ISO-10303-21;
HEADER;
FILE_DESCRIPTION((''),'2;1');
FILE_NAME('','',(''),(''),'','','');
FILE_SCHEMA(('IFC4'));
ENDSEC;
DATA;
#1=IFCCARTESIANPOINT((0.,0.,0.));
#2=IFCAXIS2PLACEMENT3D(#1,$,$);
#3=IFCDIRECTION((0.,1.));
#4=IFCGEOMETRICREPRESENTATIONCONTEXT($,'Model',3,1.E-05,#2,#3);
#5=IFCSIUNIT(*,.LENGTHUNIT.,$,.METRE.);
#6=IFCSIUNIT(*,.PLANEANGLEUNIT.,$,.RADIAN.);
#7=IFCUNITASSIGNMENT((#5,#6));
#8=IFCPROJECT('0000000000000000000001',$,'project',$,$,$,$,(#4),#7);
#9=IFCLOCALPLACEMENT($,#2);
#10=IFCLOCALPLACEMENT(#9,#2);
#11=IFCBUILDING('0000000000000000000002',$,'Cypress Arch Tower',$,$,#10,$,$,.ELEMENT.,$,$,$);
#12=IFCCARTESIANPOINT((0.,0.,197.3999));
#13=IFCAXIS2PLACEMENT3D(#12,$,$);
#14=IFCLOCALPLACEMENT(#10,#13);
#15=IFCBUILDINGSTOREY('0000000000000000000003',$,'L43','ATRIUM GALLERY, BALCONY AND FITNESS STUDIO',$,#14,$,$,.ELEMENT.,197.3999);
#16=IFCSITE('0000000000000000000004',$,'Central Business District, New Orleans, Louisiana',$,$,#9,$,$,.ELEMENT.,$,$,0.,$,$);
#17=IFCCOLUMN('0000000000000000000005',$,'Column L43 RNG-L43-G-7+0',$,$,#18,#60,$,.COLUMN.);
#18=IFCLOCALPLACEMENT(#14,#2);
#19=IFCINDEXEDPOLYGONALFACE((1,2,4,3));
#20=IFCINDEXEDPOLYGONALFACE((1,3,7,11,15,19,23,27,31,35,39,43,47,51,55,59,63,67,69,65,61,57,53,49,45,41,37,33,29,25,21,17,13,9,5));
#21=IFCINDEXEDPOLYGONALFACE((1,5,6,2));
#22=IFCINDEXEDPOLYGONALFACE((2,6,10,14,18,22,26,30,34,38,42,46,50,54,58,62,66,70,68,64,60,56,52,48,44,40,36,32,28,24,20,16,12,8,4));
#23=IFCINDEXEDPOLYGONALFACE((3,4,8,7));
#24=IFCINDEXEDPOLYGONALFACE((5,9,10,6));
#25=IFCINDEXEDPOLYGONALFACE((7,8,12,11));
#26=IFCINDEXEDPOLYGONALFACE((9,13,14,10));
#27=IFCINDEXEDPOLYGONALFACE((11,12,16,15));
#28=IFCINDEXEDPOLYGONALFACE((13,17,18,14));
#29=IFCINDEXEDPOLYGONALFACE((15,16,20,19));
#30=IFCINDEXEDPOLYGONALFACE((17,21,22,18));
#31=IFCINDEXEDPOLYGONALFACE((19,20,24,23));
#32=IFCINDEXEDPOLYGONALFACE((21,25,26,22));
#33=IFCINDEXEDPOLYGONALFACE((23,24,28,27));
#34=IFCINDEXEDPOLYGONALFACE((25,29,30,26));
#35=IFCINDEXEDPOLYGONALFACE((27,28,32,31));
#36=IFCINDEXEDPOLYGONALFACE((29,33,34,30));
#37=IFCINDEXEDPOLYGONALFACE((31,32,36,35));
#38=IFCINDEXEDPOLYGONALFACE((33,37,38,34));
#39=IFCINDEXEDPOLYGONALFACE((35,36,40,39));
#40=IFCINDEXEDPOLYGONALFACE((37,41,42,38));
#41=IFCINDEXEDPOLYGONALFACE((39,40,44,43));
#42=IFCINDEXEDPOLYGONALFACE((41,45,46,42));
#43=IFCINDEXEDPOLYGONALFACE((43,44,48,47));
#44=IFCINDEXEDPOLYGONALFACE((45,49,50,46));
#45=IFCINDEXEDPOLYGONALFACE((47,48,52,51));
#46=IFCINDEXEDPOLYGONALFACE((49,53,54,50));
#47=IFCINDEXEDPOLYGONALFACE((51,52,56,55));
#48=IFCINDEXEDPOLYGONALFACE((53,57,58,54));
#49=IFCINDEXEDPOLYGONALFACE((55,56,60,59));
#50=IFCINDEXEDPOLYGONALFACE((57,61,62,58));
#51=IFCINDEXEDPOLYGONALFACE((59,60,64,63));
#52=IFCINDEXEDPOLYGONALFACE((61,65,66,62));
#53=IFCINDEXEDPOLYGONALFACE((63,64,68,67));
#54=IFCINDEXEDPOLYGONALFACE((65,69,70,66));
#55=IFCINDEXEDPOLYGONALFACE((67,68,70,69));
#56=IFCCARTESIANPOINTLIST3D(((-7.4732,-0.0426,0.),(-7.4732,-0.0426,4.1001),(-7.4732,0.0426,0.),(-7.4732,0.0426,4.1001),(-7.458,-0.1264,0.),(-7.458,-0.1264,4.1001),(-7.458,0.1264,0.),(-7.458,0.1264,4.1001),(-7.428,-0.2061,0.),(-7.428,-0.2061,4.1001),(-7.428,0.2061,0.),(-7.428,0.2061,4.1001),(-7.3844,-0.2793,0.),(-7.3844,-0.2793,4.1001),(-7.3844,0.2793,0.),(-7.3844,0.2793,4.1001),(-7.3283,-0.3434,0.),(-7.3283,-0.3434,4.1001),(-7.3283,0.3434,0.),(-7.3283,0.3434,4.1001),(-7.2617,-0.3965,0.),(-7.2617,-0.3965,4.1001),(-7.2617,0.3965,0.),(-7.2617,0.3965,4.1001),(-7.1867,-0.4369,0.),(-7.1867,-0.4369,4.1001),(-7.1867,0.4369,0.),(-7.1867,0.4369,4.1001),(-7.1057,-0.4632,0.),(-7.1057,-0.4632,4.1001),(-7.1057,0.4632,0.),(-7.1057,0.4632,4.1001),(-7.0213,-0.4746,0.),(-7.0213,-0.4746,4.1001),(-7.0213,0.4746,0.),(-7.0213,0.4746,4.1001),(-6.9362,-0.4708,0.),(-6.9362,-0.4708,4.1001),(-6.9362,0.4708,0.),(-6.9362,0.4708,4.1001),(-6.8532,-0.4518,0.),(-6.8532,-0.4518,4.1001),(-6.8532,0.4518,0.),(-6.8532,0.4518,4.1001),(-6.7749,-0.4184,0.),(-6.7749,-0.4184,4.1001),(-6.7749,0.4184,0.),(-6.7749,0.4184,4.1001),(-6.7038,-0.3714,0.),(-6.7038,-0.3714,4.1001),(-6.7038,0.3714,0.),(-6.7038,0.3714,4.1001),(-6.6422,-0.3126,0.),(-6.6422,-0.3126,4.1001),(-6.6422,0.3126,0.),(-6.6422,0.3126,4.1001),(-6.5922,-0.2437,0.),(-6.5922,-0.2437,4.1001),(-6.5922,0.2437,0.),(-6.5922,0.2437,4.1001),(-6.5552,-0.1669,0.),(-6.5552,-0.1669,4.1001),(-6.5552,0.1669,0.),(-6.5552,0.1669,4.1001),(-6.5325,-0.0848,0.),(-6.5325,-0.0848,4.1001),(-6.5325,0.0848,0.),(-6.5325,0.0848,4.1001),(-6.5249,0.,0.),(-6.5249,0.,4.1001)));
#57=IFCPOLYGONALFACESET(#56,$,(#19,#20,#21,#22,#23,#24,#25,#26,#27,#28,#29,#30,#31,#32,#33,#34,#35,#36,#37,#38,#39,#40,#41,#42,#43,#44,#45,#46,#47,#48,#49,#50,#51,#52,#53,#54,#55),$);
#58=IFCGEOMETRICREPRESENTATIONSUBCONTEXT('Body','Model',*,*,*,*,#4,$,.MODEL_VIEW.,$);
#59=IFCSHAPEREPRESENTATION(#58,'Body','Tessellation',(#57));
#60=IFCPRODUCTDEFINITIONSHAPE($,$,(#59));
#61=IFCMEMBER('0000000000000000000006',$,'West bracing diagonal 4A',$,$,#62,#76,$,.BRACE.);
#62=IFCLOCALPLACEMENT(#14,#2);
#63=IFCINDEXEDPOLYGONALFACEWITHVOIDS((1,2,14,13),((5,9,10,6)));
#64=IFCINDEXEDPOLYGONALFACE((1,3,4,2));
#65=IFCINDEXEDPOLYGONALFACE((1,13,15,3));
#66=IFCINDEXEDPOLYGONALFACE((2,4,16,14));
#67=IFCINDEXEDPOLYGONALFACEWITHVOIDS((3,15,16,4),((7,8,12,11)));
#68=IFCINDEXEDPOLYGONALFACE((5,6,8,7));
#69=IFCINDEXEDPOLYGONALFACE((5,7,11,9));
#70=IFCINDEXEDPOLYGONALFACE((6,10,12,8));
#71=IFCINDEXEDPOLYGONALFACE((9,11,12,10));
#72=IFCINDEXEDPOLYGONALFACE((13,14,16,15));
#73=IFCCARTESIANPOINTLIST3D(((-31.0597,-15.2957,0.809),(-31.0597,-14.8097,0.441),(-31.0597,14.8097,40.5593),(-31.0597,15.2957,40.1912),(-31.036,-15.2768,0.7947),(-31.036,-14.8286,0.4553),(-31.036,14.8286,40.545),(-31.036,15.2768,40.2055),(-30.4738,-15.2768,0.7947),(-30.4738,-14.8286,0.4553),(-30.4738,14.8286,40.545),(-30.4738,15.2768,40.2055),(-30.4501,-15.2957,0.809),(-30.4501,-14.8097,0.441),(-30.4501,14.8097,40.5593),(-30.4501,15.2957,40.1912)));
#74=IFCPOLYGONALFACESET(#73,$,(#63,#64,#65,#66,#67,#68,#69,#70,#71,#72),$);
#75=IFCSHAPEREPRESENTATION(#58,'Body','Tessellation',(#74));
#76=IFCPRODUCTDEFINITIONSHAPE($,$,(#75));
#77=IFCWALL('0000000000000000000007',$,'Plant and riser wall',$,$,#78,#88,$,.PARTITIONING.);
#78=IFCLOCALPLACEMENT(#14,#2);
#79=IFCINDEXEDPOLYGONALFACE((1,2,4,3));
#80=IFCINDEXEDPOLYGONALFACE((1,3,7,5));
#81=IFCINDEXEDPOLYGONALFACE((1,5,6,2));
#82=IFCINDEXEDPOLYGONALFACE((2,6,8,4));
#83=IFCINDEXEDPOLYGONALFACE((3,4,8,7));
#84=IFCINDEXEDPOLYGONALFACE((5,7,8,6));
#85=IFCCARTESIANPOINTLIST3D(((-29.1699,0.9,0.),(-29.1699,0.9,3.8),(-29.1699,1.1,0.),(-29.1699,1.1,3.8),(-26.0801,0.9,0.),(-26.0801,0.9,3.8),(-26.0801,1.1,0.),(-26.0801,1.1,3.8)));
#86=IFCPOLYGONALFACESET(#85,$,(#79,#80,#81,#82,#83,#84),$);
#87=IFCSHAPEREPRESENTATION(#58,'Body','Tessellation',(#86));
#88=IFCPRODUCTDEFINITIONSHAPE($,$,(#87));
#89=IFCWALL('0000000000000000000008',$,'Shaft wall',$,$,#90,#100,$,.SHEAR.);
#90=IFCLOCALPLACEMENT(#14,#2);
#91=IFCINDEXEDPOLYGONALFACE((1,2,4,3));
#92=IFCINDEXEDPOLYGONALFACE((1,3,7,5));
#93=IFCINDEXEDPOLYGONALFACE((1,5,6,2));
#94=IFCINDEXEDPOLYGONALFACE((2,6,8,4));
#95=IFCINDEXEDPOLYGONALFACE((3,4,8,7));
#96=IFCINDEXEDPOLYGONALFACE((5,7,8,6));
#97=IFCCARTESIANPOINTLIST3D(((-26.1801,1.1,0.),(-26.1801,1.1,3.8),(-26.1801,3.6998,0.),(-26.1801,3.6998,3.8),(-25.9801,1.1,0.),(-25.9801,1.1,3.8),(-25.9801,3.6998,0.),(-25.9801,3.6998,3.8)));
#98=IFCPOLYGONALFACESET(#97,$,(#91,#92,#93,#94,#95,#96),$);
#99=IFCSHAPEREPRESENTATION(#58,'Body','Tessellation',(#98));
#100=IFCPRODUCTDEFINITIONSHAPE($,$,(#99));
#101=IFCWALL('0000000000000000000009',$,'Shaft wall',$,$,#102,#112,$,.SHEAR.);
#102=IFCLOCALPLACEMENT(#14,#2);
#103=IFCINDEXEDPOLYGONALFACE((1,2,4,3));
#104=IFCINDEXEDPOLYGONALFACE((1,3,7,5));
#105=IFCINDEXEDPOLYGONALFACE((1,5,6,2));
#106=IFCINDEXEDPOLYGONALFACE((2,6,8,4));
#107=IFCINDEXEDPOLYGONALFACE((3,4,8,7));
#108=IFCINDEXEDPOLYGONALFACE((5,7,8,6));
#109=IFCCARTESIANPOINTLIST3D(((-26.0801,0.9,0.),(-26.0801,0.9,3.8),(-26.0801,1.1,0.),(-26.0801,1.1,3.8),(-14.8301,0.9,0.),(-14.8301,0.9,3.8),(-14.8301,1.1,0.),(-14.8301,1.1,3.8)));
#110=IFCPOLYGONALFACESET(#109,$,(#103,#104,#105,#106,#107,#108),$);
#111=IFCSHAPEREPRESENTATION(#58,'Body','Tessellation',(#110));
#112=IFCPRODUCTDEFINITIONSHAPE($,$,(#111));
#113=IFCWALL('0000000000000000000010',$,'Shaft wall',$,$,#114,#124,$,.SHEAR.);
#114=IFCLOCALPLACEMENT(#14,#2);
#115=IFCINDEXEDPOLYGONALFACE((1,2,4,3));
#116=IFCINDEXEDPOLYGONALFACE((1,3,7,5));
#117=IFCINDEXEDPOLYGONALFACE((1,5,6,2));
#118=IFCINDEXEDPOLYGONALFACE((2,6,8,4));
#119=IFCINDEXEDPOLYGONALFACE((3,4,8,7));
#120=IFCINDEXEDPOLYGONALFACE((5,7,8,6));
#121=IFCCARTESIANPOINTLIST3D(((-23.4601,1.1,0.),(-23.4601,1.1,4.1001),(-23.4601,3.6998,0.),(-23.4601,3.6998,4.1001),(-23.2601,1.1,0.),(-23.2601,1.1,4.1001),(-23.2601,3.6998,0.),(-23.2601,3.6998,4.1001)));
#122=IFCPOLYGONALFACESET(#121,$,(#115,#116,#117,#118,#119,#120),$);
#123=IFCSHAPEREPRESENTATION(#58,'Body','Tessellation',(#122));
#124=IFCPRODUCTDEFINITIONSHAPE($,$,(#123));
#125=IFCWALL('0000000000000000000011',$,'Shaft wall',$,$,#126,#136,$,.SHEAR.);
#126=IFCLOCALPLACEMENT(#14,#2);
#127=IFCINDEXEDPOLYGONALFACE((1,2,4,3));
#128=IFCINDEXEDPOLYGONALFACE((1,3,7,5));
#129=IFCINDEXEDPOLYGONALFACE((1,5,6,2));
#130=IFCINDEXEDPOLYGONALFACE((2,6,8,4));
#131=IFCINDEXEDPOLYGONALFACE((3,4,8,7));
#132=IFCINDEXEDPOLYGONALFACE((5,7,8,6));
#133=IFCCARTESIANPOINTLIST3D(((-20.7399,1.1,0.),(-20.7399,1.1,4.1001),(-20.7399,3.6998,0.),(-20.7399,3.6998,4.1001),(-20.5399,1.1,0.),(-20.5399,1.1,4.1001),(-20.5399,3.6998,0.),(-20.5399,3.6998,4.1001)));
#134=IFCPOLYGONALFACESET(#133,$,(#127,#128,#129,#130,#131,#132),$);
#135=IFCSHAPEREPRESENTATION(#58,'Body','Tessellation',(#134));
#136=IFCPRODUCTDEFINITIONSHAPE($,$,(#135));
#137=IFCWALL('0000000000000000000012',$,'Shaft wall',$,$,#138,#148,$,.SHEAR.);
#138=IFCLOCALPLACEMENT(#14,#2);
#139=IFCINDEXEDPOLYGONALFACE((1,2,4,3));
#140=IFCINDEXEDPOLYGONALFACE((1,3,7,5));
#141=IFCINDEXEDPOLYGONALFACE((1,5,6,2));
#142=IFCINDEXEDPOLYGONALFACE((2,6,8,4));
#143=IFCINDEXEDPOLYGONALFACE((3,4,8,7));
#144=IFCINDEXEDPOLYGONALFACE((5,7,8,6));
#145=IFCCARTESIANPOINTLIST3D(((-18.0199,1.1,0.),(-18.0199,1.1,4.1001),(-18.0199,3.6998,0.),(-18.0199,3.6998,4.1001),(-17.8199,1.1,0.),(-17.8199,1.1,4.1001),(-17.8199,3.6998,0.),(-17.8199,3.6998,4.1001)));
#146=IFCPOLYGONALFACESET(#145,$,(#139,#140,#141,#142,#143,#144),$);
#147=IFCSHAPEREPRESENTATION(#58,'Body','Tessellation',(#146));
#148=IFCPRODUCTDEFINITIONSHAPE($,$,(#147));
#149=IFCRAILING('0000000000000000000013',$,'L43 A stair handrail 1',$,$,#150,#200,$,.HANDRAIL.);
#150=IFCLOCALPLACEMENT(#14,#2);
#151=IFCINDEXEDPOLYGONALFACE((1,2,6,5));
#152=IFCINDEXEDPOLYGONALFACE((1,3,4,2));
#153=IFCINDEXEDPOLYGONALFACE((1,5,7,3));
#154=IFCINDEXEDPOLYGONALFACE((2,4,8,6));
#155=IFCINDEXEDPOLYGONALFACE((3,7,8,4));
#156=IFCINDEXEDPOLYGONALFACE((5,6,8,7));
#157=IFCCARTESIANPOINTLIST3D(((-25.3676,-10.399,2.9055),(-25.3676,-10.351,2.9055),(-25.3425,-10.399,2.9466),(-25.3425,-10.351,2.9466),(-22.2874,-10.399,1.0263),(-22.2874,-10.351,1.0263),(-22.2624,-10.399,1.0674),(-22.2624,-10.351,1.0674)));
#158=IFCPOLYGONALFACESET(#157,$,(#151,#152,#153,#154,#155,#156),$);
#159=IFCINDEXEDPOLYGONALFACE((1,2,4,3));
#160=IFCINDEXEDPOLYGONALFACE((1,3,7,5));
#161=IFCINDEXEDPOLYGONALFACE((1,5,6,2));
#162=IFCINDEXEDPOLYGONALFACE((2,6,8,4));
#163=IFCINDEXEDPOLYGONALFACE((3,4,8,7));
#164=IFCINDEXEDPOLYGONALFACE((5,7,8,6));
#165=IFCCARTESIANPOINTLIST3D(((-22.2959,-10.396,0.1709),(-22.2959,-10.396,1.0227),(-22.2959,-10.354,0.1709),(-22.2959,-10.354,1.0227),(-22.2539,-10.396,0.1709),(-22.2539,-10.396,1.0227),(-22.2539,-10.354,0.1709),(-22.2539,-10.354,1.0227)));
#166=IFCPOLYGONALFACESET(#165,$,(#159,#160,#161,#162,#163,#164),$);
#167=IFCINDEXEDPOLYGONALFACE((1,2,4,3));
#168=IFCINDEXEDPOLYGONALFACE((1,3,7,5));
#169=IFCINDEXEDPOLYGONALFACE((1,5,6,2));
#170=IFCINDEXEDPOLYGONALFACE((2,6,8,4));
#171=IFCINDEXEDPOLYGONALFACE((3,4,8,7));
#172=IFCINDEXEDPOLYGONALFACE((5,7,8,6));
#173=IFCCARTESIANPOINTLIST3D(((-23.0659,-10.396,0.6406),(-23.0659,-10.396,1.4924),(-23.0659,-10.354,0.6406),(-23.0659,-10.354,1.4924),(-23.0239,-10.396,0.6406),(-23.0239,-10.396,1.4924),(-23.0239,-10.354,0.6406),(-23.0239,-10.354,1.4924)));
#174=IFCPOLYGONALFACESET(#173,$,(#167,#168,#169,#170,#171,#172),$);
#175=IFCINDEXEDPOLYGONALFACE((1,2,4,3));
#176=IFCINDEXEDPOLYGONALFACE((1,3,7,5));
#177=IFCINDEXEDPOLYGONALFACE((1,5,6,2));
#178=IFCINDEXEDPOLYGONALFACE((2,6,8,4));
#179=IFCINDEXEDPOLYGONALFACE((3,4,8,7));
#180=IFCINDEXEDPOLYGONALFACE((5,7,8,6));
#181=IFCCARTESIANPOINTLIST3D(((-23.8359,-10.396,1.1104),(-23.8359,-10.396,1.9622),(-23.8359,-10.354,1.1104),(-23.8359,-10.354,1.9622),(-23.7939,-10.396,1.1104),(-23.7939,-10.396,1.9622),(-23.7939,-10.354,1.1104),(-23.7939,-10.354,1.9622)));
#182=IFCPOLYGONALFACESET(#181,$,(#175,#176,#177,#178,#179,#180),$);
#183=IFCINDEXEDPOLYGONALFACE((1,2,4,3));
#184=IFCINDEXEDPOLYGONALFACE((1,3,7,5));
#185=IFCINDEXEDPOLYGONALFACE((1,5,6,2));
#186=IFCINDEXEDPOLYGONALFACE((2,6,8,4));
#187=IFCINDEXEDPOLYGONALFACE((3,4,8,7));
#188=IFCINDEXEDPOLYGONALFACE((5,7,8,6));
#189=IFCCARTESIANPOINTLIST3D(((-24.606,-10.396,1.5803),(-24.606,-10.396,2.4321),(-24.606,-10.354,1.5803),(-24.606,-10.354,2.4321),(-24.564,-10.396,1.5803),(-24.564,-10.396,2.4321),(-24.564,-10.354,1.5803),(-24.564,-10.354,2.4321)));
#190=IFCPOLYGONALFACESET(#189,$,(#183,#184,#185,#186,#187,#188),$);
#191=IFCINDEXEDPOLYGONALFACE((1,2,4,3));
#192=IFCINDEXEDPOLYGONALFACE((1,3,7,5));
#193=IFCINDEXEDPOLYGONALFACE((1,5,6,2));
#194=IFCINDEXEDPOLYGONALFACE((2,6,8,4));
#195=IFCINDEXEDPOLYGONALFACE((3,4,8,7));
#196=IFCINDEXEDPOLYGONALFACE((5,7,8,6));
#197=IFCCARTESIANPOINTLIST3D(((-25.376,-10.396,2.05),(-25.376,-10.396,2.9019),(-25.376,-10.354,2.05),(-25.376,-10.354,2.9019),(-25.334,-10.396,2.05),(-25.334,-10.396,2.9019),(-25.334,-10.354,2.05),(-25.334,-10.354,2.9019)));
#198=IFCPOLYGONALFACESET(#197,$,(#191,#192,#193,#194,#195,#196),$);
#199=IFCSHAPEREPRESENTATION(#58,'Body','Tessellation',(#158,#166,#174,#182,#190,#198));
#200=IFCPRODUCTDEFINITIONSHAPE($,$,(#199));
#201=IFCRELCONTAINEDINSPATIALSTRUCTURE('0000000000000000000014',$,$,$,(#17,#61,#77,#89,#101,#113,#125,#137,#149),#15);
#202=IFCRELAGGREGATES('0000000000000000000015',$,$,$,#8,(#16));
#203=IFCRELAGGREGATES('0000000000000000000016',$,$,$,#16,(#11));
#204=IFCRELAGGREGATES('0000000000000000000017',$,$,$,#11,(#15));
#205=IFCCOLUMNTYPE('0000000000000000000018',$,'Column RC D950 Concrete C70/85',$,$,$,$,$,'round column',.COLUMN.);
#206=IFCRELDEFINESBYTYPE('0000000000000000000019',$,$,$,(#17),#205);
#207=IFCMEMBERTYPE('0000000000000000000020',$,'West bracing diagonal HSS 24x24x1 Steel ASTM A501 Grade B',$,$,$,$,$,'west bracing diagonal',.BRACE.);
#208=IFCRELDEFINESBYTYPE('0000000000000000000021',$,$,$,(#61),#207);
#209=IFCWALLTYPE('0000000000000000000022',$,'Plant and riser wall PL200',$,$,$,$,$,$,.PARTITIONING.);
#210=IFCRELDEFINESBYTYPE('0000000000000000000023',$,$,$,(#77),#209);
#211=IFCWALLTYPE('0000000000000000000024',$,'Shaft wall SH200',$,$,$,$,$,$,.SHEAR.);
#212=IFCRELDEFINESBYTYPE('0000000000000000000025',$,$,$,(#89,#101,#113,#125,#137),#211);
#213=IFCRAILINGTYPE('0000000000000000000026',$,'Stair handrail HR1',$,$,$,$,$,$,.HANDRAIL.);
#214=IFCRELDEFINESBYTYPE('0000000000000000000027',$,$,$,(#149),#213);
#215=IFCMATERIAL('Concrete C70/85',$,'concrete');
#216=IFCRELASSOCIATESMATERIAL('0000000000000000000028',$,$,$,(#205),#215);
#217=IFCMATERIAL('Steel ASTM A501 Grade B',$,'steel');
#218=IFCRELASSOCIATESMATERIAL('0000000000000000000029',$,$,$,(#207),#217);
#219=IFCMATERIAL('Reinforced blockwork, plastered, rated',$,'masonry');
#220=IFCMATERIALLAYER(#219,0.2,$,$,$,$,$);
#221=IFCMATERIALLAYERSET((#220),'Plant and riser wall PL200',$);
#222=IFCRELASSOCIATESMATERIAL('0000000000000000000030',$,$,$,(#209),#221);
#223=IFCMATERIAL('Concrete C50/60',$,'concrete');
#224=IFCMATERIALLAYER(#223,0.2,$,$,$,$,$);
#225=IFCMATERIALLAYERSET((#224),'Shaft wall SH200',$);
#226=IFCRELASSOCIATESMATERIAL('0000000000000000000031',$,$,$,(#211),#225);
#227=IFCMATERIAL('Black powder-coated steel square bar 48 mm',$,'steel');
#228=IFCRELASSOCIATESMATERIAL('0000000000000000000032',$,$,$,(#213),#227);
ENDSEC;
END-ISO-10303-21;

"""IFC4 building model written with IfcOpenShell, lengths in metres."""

from ifc_helpers import new_model, si_unit, direction, frame, frame_2d, origin, origin_2d, place, context, subcontext, project, spatial, rectangle, hollow_rectangle, circle, extrude, material, layer, layer_set, material_profile, profile_set, type_object, element, save


model = new_model("IFC4")

# Units and contexts
model_context = context("Model", 3, precision=1e-05, world=origin(), true_north=direction((0.0, 1.0)))
body_context = subcontext(model_context, "Body", "Model", "MODEL_VIEW")
ifc_project = project(units=[si_unit("LENGTHUNIT", "METRE"), si_unit("PLANEANGLEUNIT", "RADIAN")], contexts=[model_context])

# Site, building, storey
site_placement = place(None, origin())
site = spatial("IfcSite", under=ifc_project, at=site_placement, Name="Central Business District, New Orleans, Louisiana", CompositionType="ELEMENT", RefElevation=0.0)
building_placement = place(site_placement, origin())
building = spatial("IfcBuilding", under=site, at=building_placement, Name="Cypress Arch Tower", CompositionType="ELEMENT")
storey_placement = place(building_placement, frame((0.0, 0.0, 197.3999)))
storey = spatial("IfcBuildingStorey", under=building, at=storey_placement, Name="L43", Description="ATRIUM GALLERY, BALCONY AND FITNESS STUDIO", CompositionType="ELEMENT", Elevation=197.3999)

# Column
ifc_material_1 = material(Name="Concrete C70/85", Category="concrete")
ifc_material_profile_1 = material_profile(ifc_material_1, circle(Radius=0.4751, at=origin_2d()), Name="RC D950")
ifc_profile_set_1 = profile_set([ifc_material_profile_1], Name="Concrete C70/85")
column_type = type_object("IfcColumnType", Name="Column RC D950 Concrete C70/85", ElementType="round column", PredefinedType="COLUMN", material=ifc_profile_set_1)
column_placement = place(storey_placement, frame((-7.0, 0.0, 0.0), z_axis=(0.0, 0.0, 1.0), x_axis=(1.0, 0.0, 0.0)))
element("IfcColumn", 1, at=column_placement, inside=storey, type_object=column_type, Name="Column L43 RNG-L43-G-7+0", PredefinedType="COLUMN", context=body_context, shape_type="SweptSolid", body=[
    extrude(circle(Radius=0.4751, at=origin_2d()), origin(), (0.0, 0.0, 1.0), 4.1001),
])

# Member
ifc_material_2 = material(Name="Steel ASTM A501 Grade B", Category="steel")
ifc_material_profile_2 = material_profile(ifc_material_2, hollow_rectangle(XDim=0.6096, YDim=0.6096, WallThickness=0.0237, at=origin_2d()), Name="HSS 24x24x1")
ifc_profile_set_2 = profile_set([ifc_material_profile_2], Name="Steel ASTM A501 Grade B")
member_type = type_object("IfcMemberType", Name="West bracing diagonal HSS 24x24x1 Steel ASTM A501 Grade B", ElementType="west bracing diagonal", PredefinedType="BRACE", material=ifc_profile_set_2)
member_placement = place(storey_placement, frame((-30.7549, -15.0527, 0.625), z_axis=(0.0, 0.603751, 0.797173), x_axis=(-1.0, 0.0, 0.0)))
element("IfcMember", 2, at=member_placement, inside=storey, type_object=member_type, Name="West bracing diagonal 4A", PredefinedType="BRACE", context=body_context, shape_type="SweptSolid", body=[
    extrude(hollow_rectangle(XDim=0.6096, YDim=0.6096, WallThickness=0.0237, at=origin_2d()), origin(), (0.0, 0.0, 1.0), 49.864),
])

# Walls
ifc_material_3 = material(Name="Reinforced blockwork, plastered, rated", Category="masonry")
ifc_layer_1 = layer(ifc_material_3, 0.2)
ifc_layer_set_1 = layer_set([ifc_layer_1], Name="Plant and riser wall PL200")
wall_type_1 = type_object("IfcWallType", Name="Plant and riser wall PL200", PredefinedType="PARTITIONING", material=ifc_layer_set_1)
wall_1_placement = place(storey_placement, frame((-29.1699, 1.0, 0.0), z_axis=(0.0, 0.0, 1.0), x_axis=(1.0, 0.0, 0.0)))
element("IfcWall", 3, at=wall_1_placement, inside=storey, type_object=wall_type_1, Name="Plant and riser wall", PredefinedType="PARTITIONING", context=body_context, shape_type="SweptSolid", body=[
    extrude(rectangle(XDim=3.0898, YDim=0.2, at=frame_2d((1.5449, 0.0))), origin(), (0.0, 0.0, 1.0), 3.8),
])
ifc_material_4 = material(Name="Concrete C50/60", Category="concrete")
ifc_layer_2 = layer(ifc_material_4, 0.2)
ifc_layer_set_2 = layer_set([ifc_layer_2], Name="Shaft wall SH200")
wall_type_2 = type_object("IfcWallType", Name="Shaft wall SH200", PredefinedType="SHEAR", material=ifc_layer_set_2)
wall_2_placement = place(storey_placement, frame((-26.0801, 1.1001, 0.0), z_axis=(0.0, 0.0, 1.0), x_axis=(0.0, 1.0, 0.0)))
element("IfcWall", 4, at=wall_2_placement, inside=storey, type_object=wall_type_2, Name="Shaft wall", PredefinedType="SHEAR", context=body_context, shape_type="SweptSolid", body=[
    extrude(rectangle(XDim=2.5999, YDim=0.2, at=frame_2d((1.2998, 0.0))), origin(), (0.0, 0.0, 1.0), 3.8),
])
wall_3_placement = place(storey_placement, frame((-26.0801, 1.0, 0.0), z_axis=(0.0, 0.0, 1.0), x_axis=(1.0, 0.0, 0.0)))
element("IfcWall", 5, at=wall_3_placement, inside=storey, type_object=wall_type_2, Name="Shaft wall", PredefinedType="SHEAR", context=body_context, shape_type="SweptSolid", body=[
    extrude(rectangle(XDim=11.25, YDim=0.2, at=frame_2d((5.625, 0.0))), origin(), (0.0, 0.0, 1.0), 3.8),
])
for number, where, z_axis, x_axis, name in (
    (6, (-23.3601, 1.1001, 0.0), (0.0, 0.0, 1.0), (0.0, 1.0, 0.0), "Shaft wall"),
    (7, (-20.6399, 1.1001, 0.0), (0.0, 0.0, 1.0), (0.0, 1.0, 0.0), "Shaft wall"),
    (8, (-17.9199, 1.1001, 0.0), (0.0, 0.0, 1.0), (0.0, 1.0, 0.0), "Shaft wall"),
):
    element("IfcWall", number, at=place(storey_placement, frame(where, z_axis=z_axis, x_axis=x_axis)), inside=storey, type_object=wall_type_2, Name=name, PredefinedType="SHEAR", context=body_context, shape_type="SweptSolid", body=[
        extrude(rectangle(XDim=2.5999, YDim=0.2, at=frame_2d((1.2998, 0.0))), origin(), (0.0, 0.0, 1.0), 4.1001),
    ])

# Railing
ifc_material_5 = material(Name="Black powder-coated steel square bar 48 mm", Category="steel")
railing_type_1 = type_object("IfcRailingType", Name="Stair handrail HR1", PredefinedType="HANDRAIL", material=ifc_material_5)
railing_1_placement = place(storey_placement, frame((-22.2749, -10.375, 0.1709)))
element("IfcRailing", 9, at=railing_1_placement, inside=storey, type_object=railing_type_1, Name="L43 A stair handrail 1", PredefinedType="HANDRAIL", context=body_context, shape_type="SweptSolid", body=[
    extrude(rectangle(XDim=0.0481, YDim=0.0481, at=origin_2d()), frame((0.0, 0.0, 0.876), z_axis=(-0.853666, 0.0, 0.52082), x_axis=(0.0, -1.0, 0.0)), (0.0, 0.0, 1.0), 3.6082),
    extrude(rectangle(XDim=0.042, YDim=0.042, at=origin_2d()), origin(), (0.0, 0.0, 1.0), 0.8518),
    extrude(rectangle(XDim=0.042, YDim=0.042, at=origin_2d()), frame((-0.77, 0.0, 0.4697)), (0.0, 0.0, 1.0), 0.8518),
    extrude(rectangle(XDim=0.042, YDim=0.042, at=origin_2d()), frame((-1.54, 0.0, 0.9395)), (0.0, 0.0, 1.0), 0.8518),
    extrude(rectangle(XDim=0.042, YDim=0.042, at=origin_2d()), frame((-2.3101, 0.0, 1.4094)), (0.0, 0.0, 1.0), 0.8518),
    extrude(rectangle(XDim=0.042, YDim=0.042, at=origin_2d()), frame((-3.0801, 0.0, 1.8792)), (0.0, 0.0, 1.0), 0.8518),
])

save(model, "model.ifc")
